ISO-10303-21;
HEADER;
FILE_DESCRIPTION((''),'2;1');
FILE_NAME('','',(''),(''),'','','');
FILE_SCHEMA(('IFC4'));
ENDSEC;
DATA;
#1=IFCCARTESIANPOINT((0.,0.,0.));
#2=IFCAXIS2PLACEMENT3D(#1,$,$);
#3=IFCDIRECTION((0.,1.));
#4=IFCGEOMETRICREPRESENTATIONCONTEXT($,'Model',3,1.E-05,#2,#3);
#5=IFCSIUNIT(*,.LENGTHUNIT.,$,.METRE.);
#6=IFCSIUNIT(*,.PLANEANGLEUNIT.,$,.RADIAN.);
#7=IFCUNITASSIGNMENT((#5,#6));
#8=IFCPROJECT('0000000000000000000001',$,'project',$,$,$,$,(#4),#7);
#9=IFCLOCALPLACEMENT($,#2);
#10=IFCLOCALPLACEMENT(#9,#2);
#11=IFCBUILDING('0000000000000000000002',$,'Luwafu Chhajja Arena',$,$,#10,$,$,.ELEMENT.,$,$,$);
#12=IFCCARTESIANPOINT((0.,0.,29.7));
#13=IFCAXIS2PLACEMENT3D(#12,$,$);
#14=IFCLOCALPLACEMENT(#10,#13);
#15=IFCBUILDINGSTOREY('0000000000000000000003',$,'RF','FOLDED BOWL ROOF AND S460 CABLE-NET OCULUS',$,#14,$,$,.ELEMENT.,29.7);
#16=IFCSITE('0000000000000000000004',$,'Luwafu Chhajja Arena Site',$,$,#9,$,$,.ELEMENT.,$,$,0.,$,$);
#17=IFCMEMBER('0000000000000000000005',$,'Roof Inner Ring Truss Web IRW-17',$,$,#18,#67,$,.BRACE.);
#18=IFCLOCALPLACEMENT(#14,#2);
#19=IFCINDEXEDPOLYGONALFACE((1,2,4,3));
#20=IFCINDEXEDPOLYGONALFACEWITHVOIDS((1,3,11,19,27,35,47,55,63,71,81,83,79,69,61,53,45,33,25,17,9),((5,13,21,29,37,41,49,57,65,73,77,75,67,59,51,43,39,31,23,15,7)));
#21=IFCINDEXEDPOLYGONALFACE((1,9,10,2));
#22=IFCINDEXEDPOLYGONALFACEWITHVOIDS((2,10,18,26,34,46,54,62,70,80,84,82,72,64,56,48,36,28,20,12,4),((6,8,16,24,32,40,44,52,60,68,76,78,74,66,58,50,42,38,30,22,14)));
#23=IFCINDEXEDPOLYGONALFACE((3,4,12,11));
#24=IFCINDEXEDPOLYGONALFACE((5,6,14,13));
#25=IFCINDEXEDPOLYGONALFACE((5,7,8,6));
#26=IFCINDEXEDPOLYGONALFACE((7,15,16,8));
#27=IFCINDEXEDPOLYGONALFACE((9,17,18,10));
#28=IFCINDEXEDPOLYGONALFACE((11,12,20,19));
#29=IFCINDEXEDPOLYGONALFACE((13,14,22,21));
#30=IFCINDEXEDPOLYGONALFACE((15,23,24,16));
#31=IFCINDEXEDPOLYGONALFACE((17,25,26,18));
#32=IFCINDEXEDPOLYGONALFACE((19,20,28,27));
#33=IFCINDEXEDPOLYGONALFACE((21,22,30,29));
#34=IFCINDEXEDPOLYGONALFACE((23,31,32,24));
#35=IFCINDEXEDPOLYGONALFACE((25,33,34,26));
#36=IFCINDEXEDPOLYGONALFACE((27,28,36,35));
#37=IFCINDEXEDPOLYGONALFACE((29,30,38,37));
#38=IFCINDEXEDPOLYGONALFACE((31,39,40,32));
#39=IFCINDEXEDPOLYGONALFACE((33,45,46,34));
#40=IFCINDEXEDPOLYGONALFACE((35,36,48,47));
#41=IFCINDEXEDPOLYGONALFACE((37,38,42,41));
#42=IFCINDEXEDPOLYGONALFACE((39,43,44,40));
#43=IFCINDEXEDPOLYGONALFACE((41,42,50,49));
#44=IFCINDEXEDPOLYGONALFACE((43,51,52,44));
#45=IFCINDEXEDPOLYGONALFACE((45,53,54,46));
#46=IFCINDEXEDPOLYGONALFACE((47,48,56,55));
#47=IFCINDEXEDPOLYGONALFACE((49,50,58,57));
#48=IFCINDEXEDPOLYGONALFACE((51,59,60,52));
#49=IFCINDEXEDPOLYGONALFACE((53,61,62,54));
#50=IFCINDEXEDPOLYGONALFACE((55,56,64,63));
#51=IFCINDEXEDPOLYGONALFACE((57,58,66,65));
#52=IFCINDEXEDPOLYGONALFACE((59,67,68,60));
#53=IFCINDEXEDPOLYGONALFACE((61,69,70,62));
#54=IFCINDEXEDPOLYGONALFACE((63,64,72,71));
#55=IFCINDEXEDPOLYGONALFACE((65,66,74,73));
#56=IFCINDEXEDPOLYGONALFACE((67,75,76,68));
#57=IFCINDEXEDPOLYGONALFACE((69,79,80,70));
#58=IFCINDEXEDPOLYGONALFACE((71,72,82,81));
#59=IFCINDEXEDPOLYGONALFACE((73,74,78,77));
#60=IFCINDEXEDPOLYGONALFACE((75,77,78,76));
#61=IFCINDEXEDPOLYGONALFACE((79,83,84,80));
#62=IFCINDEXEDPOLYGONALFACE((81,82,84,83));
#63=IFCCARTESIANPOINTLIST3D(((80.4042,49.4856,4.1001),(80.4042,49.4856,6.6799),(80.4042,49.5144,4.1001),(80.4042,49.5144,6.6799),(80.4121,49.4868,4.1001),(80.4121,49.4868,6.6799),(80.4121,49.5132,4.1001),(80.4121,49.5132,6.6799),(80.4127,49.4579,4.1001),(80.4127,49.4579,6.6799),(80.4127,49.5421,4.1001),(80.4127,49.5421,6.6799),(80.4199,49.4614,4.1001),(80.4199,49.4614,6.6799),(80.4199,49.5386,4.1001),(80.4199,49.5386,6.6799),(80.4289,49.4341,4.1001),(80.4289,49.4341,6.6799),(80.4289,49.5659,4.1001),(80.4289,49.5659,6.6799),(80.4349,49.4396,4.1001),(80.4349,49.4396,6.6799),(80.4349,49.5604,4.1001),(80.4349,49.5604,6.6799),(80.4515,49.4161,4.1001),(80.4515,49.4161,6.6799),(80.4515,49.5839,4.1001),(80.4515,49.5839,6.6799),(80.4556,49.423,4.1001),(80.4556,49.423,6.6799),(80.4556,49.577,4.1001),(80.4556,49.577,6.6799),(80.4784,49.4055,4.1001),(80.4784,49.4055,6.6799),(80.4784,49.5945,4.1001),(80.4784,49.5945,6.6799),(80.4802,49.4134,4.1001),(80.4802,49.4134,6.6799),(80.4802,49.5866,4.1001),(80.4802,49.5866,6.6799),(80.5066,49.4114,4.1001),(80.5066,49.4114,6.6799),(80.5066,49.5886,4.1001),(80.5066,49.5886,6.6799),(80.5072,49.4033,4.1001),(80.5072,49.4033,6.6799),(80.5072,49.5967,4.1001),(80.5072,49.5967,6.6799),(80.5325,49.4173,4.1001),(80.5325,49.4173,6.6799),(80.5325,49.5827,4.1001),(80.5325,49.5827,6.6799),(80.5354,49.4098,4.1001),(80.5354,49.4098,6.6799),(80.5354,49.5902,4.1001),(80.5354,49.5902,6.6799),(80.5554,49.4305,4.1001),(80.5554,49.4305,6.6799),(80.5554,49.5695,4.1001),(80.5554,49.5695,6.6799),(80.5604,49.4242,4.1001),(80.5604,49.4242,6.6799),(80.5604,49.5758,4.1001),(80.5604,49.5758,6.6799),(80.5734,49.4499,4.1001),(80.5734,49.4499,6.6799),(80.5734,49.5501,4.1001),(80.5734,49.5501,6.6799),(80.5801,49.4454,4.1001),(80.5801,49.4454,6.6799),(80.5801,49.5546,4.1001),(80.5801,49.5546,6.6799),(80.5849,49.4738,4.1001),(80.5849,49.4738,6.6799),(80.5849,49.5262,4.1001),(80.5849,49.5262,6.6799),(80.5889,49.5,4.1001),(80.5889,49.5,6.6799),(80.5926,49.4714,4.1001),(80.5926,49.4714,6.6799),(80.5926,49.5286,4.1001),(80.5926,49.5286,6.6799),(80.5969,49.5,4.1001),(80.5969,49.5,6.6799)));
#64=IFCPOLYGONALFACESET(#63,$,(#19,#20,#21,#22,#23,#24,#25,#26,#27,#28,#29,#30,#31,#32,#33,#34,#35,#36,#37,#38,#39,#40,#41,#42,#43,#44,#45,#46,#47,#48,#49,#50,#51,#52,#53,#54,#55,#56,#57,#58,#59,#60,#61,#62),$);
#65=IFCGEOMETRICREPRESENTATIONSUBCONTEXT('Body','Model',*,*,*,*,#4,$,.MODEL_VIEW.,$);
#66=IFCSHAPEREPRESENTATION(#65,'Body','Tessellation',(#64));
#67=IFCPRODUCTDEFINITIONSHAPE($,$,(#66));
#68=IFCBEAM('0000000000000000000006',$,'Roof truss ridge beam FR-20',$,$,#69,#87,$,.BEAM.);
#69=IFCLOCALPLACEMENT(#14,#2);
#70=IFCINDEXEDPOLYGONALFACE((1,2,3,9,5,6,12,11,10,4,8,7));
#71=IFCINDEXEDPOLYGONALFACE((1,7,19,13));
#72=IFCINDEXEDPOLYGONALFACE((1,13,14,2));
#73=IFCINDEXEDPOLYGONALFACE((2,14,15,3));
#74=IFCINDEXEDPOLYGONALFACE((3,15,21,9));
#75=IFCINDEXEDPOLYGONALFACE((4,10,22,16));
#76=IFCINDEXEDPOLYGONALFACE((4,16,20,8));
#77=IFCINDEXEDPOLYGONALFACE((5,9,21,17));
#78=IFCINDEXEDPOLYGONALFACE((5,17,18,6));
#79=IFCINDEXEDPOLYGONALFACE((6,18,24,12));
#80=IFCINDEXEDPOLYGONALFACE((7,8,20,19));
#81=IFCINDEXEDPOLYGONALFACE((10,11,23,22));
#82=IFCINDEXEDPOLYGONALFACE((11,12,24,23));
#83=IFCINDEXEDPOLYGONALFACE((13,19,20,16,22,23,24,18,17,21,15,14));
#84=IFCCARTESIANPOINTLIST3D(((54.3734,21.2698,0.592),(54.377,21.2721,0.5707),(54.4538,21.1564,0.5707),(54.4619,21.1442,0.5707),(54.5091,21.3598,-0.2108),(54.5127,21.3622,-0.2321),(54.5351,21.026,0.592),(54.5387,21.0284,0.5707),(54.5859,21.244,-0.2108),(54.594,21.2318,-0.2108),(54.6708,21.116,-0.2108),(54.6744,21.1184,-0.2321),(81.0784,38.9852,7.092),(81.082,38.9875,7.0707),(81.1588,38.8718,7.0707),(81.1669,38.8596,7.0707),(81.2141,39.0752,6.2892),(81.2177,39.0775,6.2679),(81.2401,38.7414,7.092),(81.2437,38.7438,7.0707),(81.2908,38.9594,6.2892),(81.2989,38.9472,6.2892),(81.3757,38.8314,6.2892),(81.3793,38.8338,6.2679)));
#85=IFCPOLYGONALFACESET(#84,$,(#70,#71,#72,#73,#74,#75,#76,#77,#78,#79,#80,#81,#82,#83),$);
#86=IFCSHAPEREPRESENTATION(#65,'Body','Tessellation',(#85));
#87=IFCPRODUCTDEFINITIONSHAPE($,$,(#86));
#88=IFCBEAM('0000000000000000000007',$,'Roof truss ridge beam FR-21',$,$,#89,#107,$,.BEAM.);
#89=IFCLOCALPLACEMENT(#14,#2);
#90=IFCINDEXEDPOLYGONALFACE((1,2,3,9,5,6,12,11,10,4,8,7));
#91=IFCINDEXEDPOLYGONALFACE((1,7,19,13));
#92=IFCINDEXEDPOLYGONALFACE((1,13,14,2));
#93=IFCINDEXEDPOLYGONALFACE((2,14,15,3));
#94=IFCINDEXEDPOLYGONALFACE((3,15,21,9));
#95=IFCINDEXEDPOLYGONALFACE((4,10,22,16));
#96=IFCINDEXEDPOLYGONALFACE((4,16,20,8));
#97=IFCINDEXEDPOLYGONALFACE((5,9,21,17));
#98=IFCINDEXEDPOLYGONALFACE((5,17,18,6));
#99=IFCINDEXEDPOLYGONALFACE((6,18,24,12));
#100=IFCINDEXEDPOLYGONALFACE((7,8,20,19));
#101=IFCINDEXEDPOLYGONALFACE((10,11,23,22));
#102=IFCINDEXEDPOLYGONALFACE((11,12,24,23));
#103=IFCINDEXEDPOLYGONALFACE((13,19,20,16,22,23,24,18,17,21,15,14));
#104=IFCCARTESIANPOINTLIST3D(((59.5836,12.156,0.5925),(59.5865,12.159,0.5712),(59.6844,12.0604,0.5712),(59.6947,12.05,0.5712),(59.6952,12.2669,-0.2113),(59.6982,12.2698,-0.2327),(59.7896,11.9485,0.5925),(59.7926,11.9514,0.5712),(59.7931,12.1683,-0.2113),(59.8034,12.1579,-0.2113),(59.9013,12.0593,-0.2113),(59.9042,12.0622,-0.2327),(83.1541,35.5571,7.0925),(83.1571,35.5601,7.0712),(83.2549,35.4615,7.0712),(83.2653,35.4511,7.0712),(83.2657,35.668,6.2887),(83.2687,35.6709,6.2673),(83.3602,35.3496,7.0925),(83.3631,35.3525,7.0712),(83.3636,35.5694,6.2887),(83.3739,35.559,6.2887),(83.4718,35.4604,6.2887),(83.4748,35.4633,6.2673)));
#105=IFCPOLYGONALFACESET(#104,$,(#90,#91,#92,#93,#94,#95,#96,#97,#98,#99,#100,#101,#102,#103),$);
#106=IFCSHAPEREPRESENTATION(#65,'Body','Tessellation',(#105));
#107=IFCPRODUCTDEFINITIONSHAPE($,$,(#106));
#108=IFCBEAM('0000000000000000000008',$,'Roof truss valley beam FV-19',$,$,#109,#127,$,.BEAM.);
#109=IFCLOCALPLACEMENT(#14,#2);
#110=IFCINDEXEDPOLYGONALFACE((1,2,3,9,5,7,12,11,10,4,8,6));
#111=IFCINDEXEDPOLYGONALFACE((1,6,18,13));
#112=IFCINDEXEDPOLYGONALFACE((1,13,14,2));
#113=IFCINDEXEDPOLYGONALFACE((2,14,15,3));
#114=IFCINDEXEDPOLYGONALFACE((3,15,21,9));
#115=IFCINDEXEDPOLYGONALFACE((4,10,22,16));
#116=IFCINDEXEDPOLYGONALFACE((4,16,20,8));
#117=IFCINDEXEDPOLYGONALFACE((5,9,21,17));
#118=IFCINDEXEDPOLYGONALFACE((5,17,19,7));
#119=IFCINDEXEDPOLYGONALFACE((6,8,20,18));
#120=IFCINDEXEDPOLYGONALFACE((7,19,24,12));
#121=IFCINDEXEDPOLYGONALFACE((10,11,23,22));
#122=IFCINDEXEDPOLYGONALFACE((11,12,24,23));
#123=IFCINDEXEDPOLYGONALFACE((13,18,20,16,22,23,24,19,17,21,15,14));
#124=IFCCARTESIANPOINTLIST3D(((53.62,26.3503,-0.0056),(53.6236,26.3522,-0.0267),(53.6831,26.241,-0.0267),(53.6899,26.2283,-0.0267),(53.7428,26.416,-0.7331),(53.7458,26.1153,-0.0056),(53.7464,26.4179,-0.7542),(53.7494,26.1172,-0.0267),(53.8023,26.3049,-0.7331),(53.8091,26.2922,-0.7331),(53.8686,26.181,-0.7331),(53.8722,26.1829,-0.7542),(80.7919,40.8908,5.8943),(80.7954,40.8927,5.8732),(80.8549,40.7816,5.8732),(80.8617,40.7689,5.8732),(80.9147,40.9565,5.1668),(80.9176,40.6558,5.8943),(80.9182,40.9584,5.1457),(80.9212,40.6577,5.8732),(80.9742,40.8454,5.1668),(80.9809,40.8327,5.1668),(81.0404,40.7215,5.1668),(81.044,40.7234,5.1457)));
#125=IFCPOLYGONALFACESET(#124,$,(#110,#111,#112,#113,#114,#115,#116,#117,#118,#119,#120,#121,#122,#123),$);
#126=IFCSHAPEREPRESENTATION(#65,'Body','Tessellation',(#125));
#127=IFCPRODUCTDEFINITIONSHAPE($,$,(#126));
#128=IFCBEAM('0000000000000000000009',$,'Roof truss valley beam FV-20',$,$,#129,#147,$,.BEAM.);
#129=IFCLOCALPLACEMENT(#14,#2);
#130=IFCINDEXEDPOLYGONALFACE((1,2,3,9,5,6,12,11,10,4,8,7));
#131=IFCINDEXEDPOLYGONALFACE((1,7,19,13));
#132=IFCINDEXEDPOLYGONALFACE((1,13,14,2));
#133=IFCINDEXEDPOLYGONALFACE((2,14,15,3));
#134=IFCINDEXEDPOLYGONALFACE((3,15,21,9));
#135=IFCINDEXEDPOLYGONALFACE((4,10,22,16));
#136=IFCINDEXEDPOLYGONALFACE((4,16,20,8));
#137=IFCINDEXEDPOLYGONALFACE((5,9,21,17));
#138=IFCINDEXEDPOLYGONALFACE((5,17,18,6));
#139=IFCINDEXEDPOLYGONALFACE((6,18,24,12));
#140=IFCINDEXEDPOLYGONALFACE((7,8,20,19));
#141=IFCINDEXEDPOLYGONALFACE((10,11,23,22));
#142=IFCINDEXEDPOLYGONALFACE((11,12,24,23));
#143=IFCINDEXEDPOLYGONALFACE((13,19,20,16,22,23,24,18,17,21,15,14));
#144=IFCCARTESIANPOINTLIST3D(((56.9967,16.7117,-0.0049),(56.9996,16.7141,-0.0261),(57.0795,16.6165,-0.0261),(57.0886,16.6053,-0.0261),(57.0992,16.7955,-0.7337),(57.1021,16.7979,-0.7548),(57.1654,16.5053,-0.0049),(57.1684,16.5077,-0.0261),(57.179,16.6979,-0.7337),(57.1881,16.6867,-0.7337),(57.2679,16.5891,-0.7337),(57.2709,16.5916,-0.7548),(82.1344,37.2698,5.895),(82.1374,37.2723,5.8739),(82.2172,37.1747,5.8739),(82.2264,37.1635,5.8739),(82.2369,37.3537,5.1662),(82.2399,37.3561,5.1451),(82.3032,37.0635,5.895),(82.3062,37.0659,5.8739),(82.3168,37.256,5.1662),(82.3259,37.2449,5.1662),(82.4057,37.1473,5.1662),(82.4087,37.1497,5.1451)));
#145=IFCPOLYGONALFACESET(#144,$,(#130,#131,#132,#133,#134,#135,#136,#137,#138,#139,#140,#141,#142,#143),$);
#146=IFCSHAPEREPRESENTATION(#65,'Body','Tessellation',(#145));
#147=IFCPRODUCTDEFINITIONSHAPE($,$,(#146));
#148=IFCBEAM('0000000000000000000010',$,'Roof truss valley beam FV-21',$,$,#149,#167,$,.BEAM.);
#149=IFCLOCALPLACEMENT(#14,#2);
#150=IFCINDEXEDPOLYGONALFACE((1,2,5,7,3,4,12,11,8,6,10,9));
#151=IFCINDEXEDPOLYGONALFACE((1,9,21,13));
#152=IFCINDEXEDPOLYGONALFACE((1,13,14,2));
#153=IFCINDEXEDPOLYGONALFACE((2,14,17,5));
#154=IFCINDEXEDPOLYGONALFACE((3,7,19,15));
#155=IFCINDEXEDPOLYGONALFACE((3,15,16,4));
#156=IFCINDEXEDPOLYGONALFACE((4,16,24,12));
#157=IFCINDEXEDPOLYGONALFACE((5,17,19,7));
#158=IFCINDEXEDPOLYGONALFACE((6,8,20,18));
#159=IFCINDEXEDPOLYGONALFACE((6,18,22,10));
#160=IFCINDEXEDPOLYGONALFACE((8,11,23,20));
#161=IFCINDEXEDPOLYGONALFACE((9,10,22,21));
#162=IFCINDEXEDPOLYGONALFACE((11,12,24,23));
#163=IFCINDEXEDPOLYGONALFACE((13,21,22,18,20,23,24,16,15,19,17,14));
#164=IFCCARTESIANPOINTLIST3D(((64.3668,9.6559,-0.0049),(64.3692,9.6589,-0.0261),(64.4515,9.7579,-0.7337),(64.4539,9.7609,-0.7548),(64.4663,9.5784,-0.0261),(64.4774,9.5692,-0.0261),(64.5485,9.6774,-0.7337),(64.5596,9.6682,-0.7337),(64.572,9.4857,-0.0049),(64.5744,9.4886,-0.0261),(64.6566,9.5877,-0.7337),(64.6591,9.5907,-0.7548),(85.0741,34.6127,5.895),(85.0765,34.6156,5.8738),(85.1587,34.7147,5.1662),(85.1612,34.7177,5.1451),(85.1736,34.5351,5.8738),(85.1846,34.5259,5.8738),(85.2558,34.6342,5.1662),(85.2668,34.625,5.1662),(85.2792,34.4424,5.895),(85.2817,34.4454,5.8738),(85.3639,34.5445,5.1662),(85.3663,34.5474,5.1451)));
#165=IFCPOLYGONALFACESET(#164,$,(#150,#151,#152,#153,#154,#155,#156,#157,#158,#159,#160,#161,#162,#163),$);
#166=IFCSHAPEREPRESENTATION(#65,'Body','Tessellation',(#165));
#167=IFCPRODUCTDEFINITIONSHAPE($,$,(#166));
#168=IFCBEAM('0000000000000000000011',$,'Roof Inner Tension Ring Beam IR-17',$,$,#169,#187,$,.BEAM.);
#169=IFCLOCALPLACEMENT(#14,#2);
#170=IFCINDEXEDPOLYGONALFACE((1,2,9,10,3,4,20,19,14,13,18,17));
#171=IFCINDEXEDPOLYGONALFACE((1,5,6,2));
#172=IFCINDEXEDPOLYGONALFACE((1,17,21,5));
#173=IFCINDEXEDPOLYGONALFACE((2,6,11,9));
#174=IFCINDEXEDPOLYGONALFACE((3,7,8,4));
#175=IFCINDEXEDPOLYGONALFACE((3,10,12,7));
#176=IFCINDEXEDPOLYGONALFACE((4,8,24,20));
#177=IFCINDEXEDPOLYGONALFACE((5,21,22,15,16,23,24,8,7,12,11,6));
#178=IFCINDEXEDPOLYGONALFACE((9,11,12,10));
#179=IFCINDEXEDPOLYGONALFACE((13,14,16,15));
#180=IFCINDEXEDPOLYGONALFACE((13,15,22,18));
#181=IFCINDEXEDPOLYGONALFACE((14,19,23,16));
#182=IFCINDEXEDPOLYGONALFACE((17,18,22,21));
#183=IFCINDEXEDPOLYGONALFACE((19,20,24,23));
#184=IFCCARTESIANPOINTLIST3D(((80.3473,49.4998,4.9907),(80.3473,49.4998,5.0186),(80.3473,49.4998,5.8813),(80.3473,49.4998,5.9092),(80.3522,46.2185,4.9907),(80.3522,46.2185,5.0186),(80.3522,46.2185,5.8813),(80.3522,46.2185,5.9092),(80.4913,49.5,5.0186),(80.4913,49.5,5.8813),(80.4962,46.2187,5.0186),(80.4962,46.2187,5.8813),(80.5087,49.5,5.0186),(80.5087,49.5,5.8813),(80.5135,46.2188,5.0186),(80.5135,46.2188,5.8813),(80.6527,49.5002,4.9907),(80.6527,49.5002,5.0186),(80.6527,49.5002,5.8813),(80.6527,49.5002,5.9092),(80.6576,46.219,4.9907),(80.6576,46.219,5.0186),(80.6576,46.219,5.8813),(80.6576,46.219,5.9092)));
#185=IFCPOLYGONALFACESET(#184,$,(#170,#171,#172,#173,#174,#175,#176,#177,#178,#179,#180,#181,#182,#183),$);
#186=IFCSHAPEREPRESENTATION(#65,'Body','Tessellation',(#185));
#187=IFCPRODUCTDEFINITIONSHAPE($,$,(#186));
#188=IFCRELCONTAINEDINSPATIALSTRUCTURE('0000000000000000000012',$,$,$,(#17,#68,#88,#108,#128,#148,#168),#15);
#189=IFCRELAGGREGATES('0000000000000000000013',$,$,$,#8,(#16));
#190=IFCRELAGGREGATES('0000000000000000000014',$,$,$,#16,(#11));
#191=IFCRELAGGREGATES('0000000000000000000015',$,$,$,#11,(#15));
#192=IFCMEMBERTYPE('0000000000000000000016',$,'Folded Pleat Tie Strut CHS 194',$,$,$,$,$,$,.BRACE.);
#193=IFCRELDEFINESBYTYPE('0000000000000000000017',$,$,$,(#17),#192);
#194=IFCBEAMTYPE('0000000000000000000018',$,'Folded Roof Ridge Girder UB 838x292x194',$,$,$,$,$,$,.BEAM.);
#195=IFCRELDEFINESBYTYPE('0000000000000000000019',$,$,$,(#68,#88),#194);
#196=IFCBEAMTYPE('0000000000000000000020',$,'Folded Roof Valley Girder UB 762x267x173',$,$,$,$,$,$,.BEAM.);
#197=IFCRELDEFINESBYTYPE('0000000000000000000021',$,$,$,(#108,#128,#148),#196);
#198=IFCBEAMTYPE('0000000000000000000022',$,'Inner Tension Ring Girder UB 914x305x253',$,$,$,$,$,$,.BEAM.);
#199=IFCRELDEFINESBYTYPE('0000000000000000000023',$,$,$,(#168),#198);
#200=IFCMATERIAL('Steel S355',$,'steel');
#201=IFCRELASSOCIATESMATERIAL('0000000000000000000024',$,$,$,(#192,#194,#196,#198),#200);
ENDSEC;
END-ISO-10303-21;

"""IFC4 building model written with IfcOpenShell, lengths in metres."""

from ifc_helpers import new_model, si_unit, direction, frame, origin, origin_2d, place, context, subcontext, project, spatial, hollow_circle, i_section, extrude, material, material_profile, profile_set, type_object, element, save


model = new_model("IFC4")

# Units and contexts
model_context = context("Model", 3, precision=1e-05, world=origin(), true_north=direction((0.0, 1.0)))
body_context = subcontext(model_context, "Body", "Model", "MODEL_VIEW")
ifc_project = project(units=[si_unit("LENGTHUNIT", "METRE"), si_unit("PLANEANGLEUNIT", "RADIAN")], contexts=[model_context])

# Site, building, storey
site_placement = place(None, origin())
site = spatial("IfcSite", under=ifc_project, at=site_placement, Name="Luwafu Chhajja Arena Site", CompositionType="ELEMENT", RefElevation=0.0)
building_placement = place(site_placement, origin())
building = spatial("IfcBuilding", under=site, at=building_placement, Name="Luwafu Chhajja Arena", CompositionType="ELEMENT")
storey_placement = place(building_placement, frame((0.0, 0.0, 29.7)))
storey = spatial("IfcBuildingStorey", under=building, at=storey_placement, Name="RF", Description="FOLDED BOWL ROOF AND S460 CABLE-NET OCULUS", CompositionType="ELEMENT", Elevation=29.7)

# Member
ifc_material_1 = material(Name="Steel S355", Category="steel")
ifc_material_profile_1 = material_profile(ifc_material_1, hollow_circle(Radius=0.0969, WallThickness=0.0081, at=origin_2d()), Name="CHS 193.7x8")
ifc_profile_set_1 = profile_set([ifc_material_profile_1], Name="Steel S355")
member_type_1 = type_object("IfcMemberType", Name="Folded Pleat Tie Strut CHS 194", PredefinedType="BRACE", material=ifc_profile_set_1)
member_1_placement = place(storey_placement, frame((80.5, 49.5, 4.1001), z_axis=(0.0, 0.0, 1.0), x_axis=(1.0, 0.0, 0.0)))
element("IfcMember", 1, at=member_1_placement, inside=storey, type_object=member_type_1, Name="Roof Inner Ring Truss Web IRW-17", PredefinedType="BRACE", context=body_context, shape_type="SweptSolid", body=[
    extrude(hollow_circle(Radius=0.0969, WallThickness=0.0081, at=origin_2d()), origin(), (0.0, 0.0, 1.0), 2.5798),
])

# Beams
ifc_material_profile_2 = material_profile(ifc_material_1, i_section(OverallWidth=0.2925, OverallDepth=0.8408, WebThickness=0.0146, FlangeThickness=0.0217, at=origin_2d()), Name="UB 838x292x194")
ifc_profile_set_2 = profile_set([ifc_material_profile_2], Name="Steel S355")
beam_type_1 = type_object("IfcBeamType", Name="Folded Roof Ridge Girder UB 838x292x194", PredefinedType="BEAM", material=ifc_profile_set_2)
beam_1_placement = place(storey_placement, frame((54.5239, 21.1941, 0.1799), z_axis=(0.816684, 0.541768, 0.198782), x_axis=(-0.5528, 0.833314, 0.0)))
element("IfcBeam", 2, at=beam_1_placement, inside=storey, type_object=beam_type_1, Name="Roof truss ridge beam FR-20", PredefinedType="BEAM", context=body_context, shape_type="SweptSolid", body=[
    extrude(i_section(OverallWidth=0.2925, OverallDepth=0.8408, WebThickness=0.0146, FlangeThickness=0.0217, at=origin_2d()), origin(), (0.0, 0.0, 1.0), 32.6992),
])
beam_2_placement = place(storey_placement, frame((59.7439, 12.1091, 0.1799), z_axis=(0.696442, 0.691436, 0.192056), x_axis=(-0.704552, 0.709653, 0.0)))
element("IfcBeam", 3, at=beam_2_placement, inside=storey, type_object=beam_type_1, Name="Roof truss ridge beam FR-21", PredefinedType="BEAM", context=body_context, shape_type="SweptSolid", body=[
    extrude(i_section(OverallWidth=0.2925, OverallDepth=0.8408, WebThickness=0.0146, FlangeThickness=0.0217, at=origin_2d()), origin(), (0.0, 0.0, 1.0), 33.8442),
])
ifc_material_profile_3 = material_profile(ifc_material_1, i_section(OverallWidth=0.2666, OverallDepth=0.7622, WebThickness=0.0144, FlangeThickness=0.0215, at=origin_2d()), Name="UB 762x267x173")
ifc_profile_set_3 = profile_set([ifc_material_profile_3], Name="Steel S355")
beam_type_2 = type_object("IfcBeamType", Name="Folded Roof Valley Girder UB 762x267x173", PredefinedType="BEAM", material=ifc_profile_set_3)
beam_3_placement = place(storey_placement, frame((53.7461, 26.2666, -0.3799), z_axis=(0.865967, 0.463406, 0.18803), x_axis=(-0.471822, 0.881694, 0.0)))
element("IfcBeam", 4, at=beam_3_placement, inside=storey, type_object=beam_type_2, Name="Roof truss valley beam FV-19", PredefinedType="BEAM", context=body_context, shape_type="SweptSolid", body=[
    extrude(i_section(OverallWidth=0.2666, OverallDepth=0.7622, WebThickness=0.0144, FlangeThickness=0.0215, at=origin_2d()), origin(), (0.0, 0.0, 1.0), 31.3774),
])
beam_4_placement = place(storey_placement, frame((57.1338, 16.6516, -0.3799), z_axis=(0.761627, 0.622873, 0.178756), x_axis=(-0.63307, 0.774095, 0.0)))
element("IfcBeam", 5, at=beam_4_placement, inside=storey, type_object=beam_type_2, Name="Roof truss valley beam FV-20", PredefinedType="BEAM", context=body_context, shape_type="SweptSolid", body=[
    extrude(i_section(OverallWidth=0.2666, OverallDepth=0.7622, WebThickness=0.0144, FlangeThickness=0.0215, at=origin_2d()), origin(), (0.0, 0.0, 1.0), 33.0054),
])
beam_5_placement = place(storey_placement, frame((64.5129, 9.6233, -0.3799), z_axis=(0.628232, 0.757156, 0.178995), x_axis=(-0.769585, 0.638544, 0.0)))
element("IfcBeam", 6, at=beam_5_placement, inside=storey, type_object=beam_type_2, Name="Roof truss valley beam FV-21", PredefinedType="BEAM", context=body_context, shape_type="SweptSolid", body=[
    extrude(i_section(OverallWidth=0.2666, OverallDepth=0.7622, WebThickness=0.0144, FlangeThickness=0.0215, at=origin_2d()), origin(), (0.0, 0.0, 1.0), 32.9612),
])
ifc_material_profile_4 = material_profile(ifc_material_1, i_section(OverallWidth=0.3054, OverallDepth=0.9185, WebThickness=0.0173, FlangeThickness=0.0278, at=origin_2d()), Name="UB 914x305x253")
ifc_profile_set_4 = profile_set([ifc_material_profile_4], Name="Steel S355")
beam_type_3 = type_object("IfcBeamType", Name="Inner Tension Ring Girder UB 914x305x253", PredefinedType="BEAM", material=ifc_profile_set_4)
beam_6_placement = place(storey_placement, frame((80.5, 49.5, 5.45), z_axis=(0.001488, -0.999999, 0.0), x_axis=(0.999999, 0.001488, 0.0)))
element("IfcBeam", 7, at=beam_6_placement, inside=storey, type_object=beam_type_3, Name="Roof Inner Tension Ring Beam IR-17", PredefinedType="BEAM", context=body_context, shape_type="SweptSolid", body=[
    extrude(i_section(OverallWidth=0.3054, OverallDepth=0.9185, WebThickness=0.0173, FlangeThickness=0.0278, at=origin_2d()), origin(), (0.0, 0.0, 1.0), 3.2812),
])

save(model, "model.ifc")
